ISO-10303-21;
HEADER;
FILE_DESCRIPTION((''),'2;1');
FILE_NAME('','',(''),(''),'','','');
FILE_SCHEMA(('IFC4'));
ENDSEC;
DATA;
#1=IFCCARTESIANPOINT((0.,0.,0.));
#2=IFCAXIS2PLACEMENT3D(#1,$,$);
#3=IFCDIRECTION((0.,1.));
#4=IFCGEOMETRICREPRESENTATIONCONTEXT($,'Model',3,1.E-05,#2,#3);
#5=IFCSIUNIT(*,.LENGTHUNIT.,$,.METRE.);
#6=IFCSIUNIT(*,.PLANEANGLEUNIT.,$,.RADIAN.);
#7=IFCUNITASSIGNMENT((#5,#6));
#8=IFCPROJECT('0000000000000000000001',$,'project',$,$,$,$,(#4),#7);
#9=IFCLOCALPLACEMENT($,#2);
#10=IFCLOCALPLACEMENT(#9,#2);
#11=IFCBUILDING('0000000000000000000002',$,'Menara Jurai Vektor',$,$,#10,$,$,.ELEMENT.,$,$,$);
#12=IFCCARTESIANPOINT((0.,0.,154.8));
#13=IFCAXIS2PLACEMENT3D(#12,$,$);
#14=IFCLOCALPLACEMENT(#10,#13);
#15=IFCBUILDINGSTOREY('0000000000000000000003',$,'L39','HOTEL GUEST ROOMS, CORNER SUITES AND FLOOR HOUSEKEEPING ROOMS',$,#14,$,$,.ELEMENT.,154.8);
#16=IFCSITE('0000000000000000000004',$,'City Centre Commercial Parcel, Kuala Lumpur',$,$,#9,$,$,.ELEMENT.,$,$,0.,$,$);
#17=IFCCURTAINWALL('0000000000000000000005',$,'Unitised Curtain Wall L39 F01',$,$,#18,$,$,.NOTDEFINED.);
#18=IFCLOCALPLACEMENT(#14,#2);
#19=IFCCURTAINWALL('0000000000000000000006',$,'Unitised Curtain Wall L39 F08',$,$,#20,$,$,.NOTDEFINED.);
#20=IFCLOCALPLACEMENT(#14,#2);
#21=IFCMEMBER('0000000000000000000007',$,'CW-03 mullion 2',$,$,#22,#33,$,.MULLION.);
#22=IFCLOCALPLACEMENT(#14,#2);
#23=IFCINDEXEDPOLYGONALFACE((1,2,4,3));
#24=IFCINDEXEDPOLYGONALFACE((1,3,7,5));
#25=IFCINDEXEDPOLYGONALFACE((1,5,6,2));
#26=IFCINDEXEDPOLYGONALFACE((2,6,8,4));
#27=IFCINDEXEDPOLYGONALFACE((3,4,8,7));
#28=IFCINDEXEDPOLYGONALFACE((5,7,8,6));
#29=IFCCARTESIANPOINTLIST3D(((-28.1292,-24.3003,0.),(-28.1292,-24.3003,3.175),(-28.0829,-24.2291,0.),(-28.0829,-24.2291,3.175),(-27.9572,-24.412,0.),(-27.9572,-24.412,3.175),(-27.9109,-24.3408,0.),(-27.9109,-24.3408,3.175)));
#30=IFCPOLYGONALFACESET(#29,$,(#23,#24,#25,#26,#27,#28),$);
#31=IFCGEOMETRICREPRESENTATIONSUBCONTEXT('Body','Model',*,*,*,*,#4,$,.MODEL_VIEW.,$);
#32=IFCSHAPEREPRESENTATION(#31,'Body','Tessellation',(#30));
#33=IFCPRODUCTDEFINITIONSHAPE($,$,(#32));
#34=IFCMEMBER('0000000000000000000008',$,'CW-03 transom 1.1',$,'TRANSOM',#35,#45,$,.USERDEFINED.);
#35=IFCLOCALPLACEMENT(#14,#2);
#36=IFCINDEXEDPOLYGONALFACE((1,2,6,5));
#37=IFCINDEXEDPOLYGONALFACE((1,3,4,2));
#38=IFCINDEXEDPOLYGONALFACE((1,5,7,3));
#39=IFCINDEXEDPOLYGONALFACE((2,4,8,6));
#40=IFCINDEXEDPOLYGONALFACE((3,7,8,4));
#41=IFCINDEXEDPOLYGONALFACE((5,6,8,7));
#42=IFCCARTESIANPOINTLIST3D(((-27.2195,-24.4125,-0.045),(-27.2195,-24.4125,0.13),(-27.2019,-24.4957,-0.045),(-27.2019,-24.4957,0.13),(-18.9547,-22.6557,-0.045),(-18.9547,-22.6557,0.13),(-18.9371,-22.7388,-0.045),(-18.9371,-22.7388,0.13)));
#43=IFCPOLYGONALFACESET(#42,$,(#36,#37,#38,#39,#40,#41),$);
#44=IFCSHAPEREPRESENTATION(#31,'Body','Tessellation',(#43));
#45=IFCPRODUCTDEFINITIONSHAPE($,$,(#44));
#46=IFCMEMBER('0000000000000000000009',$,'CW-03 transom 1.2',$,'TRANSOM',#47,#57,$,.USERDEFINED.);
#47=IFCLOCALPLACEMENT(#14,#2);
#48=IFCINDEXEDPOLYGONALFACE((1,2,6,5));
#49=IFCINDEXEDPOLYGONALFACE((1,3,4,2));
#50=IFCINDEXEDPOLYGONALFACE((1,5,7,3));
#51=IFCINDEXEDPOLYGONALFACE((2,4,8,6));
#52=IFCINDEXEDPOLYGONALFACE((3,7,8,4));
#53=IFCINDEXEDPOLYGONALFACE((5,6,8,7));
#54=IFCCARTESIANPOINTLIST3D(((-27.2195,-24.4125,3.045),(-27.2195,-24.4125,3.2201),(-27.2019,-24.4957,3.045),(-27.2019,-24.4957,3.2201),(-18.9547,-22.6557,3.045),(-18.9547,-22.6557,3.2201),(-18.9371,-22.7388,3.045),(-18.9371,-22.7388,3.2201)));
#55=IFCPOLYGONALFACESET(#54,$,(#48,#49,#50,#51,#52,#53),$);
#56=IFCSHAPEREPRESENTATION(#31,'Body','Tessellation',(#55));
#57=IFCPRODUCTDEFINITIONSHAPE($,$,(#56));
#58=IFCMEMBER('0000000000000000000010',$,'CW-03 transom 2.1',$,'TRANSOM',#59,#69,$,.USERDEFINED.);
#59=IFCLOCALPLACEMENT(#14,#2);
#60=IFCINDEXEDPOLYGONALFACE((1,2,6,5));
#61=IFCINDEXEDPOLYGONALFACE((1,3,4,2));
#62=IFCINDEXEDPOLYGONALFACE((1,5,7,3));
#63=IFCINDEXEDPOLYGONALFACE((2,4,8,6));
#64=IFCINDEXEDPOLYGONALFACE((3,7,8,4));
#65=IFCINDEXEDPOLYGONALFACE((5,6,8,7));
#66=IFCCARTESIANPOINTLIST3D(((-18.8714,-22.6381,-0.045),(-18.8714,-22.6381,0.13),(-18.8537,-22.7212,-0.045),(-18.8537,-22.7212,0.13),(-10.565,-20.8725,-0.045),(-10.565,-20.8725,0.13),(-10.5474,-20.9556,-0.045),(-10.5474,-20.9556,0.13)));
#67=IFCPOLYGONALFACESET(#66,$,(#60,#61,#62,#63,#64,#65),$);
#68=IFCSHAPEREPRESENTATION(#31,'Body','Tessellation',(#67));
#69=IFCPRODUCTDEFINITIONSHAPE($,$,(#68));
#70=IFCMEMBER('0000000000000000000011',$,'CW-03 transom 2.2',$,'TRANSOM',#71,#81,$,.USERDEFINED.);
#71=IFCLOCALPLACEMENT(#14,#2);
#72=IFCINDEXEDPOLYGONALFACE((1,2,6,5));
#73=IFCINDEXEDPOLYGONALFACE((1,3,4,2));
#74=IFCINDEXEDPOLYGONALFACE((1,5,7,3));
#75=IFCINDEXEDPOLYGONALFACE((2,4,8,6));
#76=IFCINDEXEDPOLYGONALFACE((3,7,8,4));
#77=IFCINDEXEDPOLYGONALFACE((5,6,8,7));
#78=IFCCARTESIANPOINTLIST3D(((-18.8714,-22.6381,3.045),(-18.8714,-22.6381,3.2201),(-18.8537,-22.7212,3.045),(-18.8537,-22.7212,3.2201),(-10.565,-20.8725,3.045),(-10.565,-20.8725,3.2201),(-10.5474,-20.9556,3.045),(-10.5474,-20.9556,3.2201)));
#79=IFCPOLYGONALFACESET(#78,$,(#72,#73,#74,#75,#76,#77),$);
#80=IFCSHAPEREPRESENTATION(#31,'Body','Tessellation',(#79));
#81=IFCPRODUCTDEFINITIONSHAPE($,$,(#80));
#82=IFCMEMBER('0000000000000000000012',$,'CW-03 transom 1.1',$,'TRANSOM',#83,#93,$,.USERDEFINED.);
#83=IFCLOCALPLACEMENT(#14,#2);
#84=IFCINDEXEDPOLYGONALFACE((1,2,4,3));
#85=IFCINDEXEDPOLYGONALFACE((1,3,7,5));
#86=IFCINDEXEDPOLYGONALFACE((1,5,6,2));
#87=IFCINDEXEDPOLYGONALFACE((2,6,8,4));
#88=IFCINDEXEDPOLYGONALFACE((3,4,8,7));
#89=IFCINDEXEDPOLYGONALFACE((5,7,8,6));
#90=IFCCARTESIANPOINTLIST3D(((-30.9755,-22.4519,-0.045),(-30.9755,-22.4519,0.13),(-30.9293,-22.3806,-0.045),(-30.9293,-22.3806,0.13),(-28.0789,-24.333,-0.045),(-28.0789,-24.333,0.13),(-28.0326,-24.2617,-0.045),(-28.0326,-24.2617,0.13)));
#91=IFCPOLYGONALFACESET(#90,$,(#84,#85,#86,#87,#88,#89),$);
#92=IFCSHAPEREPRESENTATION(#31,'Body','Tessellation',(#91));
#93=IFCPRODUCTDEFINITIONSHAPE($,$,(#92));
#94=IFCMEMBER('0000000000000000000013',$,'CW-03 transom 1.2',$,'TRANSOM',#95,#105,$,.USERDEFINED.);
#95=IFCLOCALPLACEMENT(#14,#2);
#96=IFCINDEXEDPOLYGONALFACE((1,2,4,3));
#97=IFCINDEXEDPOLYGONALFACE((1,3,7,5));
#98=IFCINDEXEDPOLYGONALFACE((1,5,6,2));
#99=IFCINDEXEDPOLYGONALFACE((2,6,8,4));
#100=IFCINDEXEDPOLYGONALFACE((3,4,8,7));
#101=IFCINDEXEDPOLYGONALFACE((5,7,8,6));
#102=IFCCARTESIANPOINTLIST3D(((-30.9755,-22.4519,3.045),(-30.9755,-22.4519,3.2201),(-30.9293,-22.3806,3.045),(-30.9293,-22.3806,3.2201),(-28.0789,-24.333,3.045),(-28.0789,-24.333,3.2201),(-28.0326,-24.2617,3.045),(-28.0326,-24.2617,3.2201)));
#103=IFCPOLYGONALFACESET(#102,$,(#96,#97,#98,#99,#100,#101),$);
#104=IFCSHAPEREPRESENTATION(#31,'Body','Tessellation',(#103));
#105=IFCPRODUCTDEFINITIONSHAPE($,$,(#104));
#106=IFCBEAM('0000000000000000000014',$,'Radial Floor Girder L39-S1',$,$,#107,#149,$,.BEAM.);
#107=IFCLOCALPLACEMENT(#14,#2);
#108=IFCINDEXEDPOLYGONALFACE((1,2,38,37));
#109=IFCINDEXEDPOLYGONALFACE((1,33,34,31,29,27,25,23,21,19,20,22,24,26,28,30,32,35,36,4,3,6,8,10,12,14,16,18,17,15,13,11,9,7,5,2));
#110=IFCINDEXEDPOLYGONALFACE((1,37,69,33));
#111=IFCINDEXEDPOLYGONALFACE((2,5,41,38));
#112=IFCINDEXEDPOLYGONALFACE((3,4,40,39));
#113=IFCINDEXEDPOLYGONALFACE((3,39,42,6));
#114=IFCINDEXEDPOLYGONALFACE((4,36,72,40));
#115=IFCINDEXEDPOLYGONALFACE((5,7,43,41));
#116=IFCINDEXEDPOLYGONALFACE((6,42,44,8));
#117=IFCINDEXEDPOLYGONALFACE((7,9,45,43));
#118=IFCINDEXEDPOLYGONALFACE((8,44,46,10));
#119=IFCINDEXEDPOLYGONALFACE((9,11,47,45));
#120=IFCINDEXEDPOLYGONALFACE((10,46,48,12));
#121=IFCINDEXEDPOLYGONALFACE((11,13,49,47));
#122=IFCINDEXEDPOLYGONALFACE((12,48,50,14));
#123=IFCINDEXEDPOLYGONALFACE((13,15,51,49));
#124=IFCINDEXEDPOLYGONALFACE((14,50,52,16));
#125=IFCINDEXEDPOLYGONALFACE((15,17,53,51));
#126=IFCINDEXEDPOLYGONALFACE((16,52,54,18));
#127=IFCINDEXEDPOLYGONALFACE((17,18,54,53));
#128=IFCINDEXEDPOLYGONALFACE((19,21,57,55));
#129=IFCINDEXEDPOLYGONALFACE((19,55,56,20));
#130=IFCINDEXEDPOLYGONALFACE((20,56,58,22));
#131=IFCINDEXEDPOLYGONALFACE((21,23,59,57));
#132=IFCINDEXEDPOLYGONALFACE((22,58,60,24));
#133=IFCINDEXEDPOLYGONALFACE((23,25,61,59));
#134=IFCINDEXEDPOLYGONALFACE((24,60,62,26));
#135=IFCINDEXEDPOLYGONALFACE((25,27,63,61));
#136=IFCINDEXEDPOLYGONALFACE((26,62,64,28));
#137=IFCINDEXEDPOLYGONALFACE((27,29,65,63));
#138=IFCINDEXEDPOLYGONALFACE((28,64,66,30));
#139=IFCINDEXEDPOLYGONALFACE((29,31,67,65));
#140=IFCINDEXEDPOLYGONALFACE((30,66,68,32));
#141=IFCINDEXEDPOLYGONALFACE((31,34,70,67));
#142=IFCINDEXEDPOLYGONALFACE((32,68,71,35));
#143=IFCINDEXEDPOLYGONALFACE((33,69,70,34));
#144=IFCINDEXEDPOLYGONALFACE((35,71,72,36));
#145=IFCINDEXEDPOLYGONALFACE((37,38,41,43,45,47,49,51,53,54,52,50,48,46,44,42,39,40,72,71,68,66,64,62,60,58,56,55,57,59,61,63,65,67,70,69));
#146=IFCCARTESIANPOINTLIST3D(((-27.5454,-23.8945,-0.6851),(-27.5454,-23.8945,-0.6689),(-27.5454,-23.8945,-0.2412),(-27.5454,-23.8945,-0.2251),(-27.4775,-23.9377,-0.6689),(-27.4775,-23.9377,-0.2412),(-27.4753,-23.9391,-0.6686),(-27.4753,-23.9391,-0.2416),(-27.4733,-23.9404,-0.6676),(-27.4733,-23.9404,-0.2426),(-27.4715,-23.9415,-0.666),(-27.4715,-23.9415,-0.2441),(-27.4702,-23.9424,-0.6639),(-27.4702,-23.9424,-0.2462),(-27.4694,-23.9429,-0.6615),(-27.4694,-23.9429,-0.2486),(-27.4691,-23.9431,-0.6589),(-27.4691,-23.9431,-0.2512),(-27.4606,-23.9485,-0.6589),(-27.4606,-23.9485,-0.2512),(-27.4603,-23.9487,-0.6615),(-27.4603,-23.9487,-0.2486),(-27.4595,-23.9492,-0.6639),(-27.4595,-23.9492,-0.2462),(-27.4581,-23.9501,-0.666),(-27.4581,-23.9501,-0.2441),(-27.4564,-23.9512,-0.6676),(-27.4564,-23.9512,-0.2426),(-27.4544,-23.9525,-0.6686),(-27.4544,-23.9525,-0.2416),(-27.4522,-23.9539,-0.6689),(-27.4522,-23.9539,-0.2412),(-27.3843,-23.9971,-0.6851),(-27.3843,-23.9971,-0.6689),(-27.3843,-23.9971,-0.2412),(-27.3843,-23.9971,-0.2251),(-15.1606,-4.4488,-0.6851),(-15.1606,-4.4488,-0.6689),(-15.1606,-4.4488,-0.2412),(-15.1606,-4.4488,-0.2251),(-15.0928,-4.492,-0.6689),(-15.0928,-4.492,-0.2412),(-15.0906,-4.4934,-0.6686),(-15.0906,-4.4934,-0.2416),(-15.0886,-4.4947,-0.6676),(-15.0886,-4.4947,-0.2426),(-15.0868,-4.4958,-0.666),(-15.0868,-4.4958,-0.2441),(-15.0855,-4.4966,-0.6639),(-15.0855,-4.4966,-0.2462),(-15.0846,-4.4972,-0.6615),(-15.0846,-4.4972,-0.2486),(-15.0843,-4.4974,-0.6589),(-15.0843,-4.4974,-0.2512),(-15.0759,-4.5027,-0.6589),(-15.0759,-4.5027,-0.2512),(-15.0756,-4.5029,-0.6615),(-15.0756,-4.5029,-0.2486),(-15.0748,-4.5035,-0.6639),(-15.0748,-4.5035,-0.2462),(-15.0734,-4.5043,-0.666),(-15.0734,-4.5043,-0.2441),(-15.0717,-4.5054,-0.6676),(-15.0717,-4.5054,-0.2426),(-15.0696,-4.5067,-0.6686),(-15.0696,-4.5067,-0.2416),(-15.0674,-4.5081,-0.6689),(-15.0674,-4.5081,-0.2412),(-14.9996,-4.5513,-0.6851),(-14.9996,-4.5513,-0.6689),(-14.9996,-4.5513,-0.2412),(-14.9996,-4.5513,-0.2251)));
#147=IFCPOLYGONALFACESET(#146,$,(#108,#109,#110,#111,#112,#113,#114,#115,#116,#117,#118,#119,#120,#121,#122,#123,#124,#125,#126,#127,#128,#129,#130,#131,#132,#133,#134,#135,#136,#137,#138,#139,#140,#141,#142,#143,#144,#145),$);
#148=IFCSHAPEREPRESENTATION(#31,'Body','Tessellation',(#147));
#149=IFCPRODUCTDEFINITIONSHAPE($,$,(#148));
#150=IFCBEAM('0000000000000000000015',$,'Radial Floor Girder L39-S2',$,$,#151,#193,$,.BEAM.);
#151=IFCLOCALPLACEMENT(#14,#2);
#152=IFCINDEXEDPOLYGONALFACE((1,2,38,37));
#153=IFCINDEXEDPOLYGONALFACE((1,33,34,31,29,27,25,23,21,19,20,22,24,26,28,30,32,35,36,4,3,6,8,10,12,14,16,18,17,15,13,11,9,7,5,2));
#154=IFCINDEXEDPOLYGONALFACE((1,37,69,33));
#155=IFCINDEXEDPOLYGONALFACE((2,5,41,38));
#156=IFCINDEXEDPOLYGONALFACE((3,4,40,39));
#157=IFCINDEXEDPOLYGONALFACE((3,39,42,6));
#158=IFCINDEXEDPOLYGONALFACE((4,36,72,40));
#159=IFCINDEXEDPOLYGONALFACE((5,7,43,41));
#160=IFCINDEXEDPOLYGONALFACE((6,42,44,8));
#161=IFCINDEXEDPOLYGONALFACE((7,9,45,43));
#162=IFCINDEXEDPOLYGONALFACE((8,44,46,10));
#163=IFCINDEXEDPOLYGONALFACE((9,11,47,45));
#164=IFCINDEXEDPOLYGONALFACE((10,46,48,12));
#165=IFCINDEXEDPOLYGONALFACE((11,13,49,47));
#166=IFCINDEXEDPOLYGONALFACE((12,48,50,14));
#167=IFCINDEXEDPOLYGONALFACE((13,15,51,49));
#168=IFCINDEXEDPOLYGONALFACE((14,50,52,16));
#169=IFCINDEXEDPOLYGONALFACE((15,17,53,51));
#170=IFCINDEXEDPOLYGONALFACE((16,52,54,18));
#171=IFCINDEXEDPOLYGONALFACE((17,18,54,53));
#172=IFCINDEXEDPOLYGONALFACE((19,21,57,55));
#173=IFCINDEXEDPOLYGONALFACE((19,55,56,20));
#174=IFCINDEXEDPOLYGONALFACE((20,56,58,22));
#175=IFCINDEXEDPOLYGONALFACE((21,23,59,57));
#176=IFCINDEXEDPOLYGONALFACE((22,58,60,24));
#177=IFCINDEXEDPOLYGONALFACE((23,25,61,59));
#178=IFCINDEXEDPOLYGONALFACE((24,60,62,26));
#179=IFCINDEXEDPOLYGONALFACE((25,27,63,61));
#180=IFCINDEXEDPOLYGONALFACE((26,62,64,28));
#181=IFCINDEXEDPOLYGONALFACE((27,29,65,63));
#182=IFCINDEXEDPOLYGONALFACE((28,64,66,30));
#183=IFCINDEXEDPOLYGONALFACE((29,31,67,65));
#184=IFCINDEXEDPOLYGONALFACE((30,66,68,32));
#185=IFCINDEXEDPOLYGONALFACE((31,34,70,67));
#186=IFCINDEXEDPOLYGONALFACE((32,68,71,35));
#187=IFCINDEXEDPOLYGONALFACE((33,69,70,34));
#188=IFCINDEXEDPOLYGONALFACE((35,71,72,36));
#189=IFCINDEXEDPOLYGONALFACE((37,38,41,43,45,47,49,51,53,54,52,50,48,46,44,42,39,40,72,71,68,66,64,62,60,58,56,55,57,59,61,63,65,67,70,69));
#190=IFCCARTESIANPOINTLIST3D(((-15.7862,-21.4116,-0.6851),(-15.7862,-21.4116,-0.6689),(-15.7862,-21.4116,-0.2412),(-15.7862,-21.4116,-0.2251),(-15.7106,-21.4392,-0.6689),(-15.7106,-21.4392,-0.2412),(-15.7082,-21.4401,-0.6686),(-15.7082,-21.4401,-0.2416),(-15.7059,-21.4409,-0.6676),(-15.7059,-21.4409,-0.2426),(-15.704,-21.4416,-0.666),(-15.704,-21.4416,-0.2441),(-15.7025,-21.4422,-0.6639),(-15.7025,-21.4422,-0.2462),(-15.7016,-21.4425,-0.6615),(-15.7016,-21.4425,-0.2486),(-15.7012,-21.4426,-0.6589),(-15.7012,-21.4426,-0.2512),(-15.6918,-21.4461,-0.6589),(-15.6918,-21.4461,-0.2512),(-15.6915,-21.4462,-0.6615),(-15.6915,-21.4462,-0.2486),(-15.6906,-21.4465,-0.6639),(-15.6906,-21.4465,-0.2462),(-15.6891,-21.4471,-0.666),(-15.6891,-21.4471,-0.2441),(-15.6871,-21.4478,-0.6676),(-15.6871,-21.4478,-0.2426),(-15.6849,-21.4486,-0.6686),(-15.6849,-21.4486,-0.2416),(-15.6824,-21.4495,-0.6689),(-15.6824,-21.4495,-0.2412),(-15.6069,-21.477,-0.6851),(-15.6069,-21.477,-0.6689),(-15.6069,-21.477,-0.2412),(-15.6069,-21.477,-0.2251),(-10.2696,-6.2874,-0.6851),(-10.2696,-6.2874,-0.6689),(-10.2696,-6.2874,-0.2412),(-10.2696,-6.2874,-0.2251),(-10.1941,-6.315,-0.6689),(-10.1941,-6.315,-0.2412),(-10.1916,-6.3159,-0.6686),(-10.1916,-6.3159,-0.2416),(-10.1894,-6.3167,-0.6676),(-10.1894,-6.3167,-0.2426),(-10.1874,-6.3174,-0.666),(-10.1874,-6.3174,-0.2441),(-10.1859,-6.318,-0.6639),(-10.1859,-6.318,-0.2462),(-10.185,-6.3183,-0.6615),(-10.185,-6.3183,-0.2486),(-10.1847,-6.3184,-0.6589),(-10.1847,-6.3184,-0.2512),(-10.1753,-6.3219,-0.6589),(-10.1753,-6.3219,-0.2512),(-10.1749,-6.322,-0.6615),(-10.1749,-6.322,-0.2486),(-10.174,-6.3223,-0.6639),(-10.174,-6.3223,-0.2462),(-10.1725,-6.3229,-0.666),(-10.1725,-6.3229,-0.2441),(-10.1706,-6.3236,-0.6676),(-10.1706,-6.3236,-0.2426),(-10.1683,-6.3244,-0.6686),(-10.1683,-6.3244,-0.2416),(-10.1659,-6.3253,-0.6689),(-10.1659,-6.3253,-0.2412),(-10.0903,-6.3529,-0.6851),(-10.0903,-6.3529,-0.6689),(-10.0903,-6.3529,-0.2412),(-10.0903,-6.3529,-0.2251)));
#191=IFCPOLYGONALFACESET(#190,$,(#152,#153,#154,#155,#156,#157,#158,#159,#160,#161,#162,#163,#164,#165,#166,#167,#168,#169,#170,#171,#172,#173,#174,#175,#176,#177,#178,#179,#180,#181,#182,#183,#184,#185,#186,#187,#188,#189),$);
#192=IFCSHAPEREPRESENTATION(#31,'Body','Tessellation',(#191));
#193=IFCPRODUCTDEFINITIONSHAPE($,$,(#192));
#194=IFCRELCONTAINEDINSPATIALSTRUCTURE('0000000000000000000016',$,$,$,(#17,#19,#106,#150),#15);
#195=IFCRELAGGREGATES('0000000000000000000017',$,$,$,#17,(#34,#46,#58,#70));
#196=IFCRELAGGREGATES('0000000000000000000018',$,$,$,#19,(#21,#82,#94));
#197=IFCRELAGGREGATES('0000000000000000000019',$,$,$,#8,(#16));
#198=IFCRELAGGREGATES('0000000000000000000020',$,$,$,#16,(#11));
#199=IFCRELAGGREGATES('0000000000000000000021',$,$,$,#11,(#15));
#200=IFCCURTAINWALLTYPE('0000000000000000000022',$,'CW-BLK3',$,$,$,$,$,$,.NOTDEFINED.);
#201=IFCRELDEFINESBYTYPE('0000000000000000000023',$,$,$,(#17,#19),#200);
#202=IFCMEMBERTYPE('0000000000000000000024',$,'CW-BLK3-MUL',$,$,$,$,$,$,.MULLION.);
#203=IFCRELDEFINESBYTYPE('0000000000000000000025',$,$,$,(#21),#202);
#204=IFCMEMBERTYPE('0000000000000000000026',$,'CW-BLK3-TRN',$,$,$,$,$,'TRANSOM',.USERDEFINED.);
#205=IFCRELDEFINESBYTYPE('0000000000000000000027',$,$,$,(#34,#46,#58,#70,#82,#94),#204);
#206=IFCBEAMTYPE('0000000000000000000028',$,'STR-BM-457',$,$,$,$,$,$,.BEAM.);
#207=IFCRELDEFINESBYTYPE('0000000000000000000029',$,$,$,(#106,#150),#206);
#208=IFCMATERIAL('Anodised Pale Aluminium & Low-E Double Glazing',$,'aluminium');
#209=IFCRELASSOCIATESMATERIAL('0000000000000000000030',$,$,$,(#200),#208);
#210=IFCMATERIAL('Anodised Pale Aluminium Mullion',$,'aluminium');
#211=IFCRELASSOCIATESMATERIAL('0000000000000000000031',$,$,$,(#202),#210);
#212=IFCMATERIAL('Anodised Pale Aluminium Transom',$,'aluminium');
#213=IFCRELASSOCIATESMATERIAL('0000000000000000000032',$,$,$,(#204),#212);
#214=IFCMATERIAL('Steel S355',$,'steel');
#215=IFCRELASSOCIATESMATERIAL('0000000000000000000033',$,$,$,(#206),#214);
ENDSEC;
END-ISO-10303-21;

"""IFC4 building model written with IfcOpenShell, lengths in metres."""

from ifc_helpers import new_model, si_unit, direction, frame, origin, origin_2d, place, context, subcontext, project, spatial, rectangle, i_section, extrude, material, material_profile, profile_set, type_object, element, aggregate, save


model = new_model("IFC4")

# Units and contexts
model_context = context("Model", 3, precision=1e-05, world=origin(), true_north=direction((0.0, 1.0)))
body_context = subcontext(model_context, "Body", "Model", "MODEL_VIEW")
ifc_project = project(units=[si_unit("LENGTHUNIT", "METRE"), si_unit("PLANEANGLEUNIT", "RADIAN")], contexts=[model_context])

# Site, building, storey
site_placement = place(None, origin())
site = spatial("IfcSite", under=ifc_project, at=site_placement, Name="City Centre Commercial Parcel, Kuala Lumpur", CompositionType="ELEMENT", RefElevation=0.0)
building_placement = place(site_placement, origin())
building = spatial("IfcBuilding", under=site, at=building_placement, Name="Menara Jurai Vektor", CompositionType="ELEMENT")
storey_placement = place(building_placement, frame((0.0, 0.0, 154.8)))
storey = spatial("IfcBuildingStorey", under=building, at=storey_placement, Name="L39", Description="HOTEL GUEST ROOMS, CORNER SUITES AND FLOOR HOUSEKEEPING ROOMS", CompositionType="ELEMENT", Elevation=154.8)

# Curtain wall
ifc_material_1 = material(Name="Anodised Pale Aluminium & Low-E Double Glazing", Category="aluminium")
curtain_wall_type = type_object("IfcCurtainWallType", Name="CW-BLK3", PredefinedType="NOTDEFINED", material=ifc_material_1)
curtain_wall_1_placement = place(storey_placement, origin())
curtain_wall_1 = element("IfcCurtainWall", 1, at=curtain_wall_1_placement, inside=storey, type_object=curtain_wall_type, Name="Unitised Curtain Wall L39 F01", PredefinedType="NOTDEFINED")
ifc_material_2 = material(Name="Anodised Pale Aluminium Mullion", Category="aluminium")
ifc_material_profile_1 = material_profile(ifc_material_2, rectangle(XDim=0.085, YDim=0.2051, at=origin_2d()), Name="ALU MUL 85x205")
ifc_profile_set_1 = profile_set([ifc_material_profile_1], Name="Anodised Pale Aluminium Mullion")
member_type_1 = type_object("IfcMemberType", Name="CW-BLK3-MUL", PredefinedType="MULLION", material=ifc_profile_set_1)

# Curtain wall, member
curtain_wall_2_placement = place(storey_placement, origin())
curtain_wall_2 = element("IfcCurtainWall", 2, at=curtain_wall_2_placement, inside=storey, type_object=curtain_wall_type, Name="Unitised Curtain Wall L39 F08", PredefinedType="NOTDEFINED")
member_1_placement = place(storey_placement, frame((-28.02, -24.3206, 0.0), z_axis=(0.0, 0.0, 1.0), x_axis=(0.544618, 0.838684, 0.0)))
member_1 = element("IfcMember", 3, at=member_1_placement, type_object=member_type_1, Name="CW-03 mullion 2", PredefinedType="MULLION", context=body_context, shape_type="SweptSolid", body=[
    extrude(rectangle(XDim=0.085, YDim=0.2051, at=origin_2d()), origin(), (0.0, 0.0, 1.0), 3.175),
])

# Members
ifc_material_3 = material(Name="Anodised Pale Aluminium Transom", Category="aluminium")
ifc_material_profile_2 = material_profile(ifc_material_3, rectangle(XDim=0.085, YDim=0.175, at=origin_2d()), Name="ALU TRN 85x175")
ifc_profile_set_2 = profile_set([ifc_material_profile_2], Name="Anodised Pale Aluminium Transom")
member_type_2 = type_object("IfcMemberType", Name="CW-BLK3-TRN", ElementType="TRANSOM", PredefinedType="USERDEFINED", material=ifc_profile_set_2)
member_2_placement = place(storey_placement, frame((-27.2107, -24.4541, 0.0425), z_axis=(0.978146, 0.207921, 0.0), x_axis=(-0.207921, 0.978146, 0.0)))
member_2 = element("IfcMember", 4, at=member_2_placement, type_object=member_type_2, Name="CW-03 transom 1.1", ObjectType="TRANSOM", PredefinedType="USERDEFINED", context=body_context, shape_type="SweptSolid", body=[
    extrude(rectangle(XDim=0.085, YDim=0.175, at=origin_2d()), origin(), (0.0, 0.0, 1.0), 8.4495),
])
member_3_placement = place(storey_placement, frame((-27.2107, -24.4541, 3.1326), z_axis=(0.978146, 0.207921, 0.0), x_axis=(-0.207921, 0.978146, 0.0)))
member_3 = element("IfcMember", 5, at=member_3_placement, type_object=member_type_2, Name="CW-03 transom 1.2", ObjectType="TRANSOM", PredefinedType="USERDEFINED", context=body_context, shape_type="SweptSolid", body=[
    extrude(rectangle(XDim=0.085, YDim=0.175, at=origin_2d()), origin(), (0.0, 0.0, 1.0), 8.4495),
])
member_4_placement = place(storey_placement, frame((-18.8625, -22.6797, 0.0425), z_axis=(0.978147, 0.207917, 0.0), x_axis=(-0.207917, 0.978147, 0.0)))
member_4 = element("IfcMember", 6, at=member_4_placement, type_object=member_type_2, Name="CW-03 transom 2.1", ObjectType="TRANSOM", PredefinedType="USERDEFINED", context=body_context, shape_type="SweptSolid", body=[
    extrude(rectangle(XDim=0.085, YDim=0.175, at=origin_2d()), origin(), (0.0, 0.0, 1.0), 8.4919),
])
member_5_placement = place(storey_placement, frame((-18.8625, -22.6797, 3.1326), z_axis=(0.978147, 0.207917, 0.0), x_axis=(-0.207917, 0.978147, 0.0)))
member_5 = element("IfcMember", 7, at=member_5_placement, type_object=member_type_2, Name="CW-03 transom 2.2", ObjectType="TRANSOM", PredefinedType="USERDEFINED", context=body_context, shape_type="SweptSolid", body=[
    extrude(rectangle(XDim=0.085, YDim=0.175, at=origin_2d()), origin(), (0.0, 0.0, 1.0), 8.4919),
])
member_6_placement = place(storey_placement, frame((-30.9524, -22.4163, 0.0425), z_axis=(0.838678, -0.544628, 0.0), x_axis=(0.544628, 0.838678, 0.0)))
member_6 = element("IfcMember", 8, at=member_6_placement, type_object=member_type_2, Name="CW-03 transom 1.1", ObjectType="TRANSOM", PredefinedType="USERDEFINED", context=body_context, shape_type="SweptSolid", body=[
    extrude(rectangle(XDim=0.085, YDim=0.175, at=origin_2d()), origin(), (0.0, 0.0, 1.0), 3.4539),
])
member_7_placement = place(storey_placement, frame((-30.9524, -22.4163, 3.1326), z_axis=(0.838678, -0.544628, 0.0), x_axis=(0.544628, 0.838678, 0.0)))
member_7 = element("IfcMember", 9, at=member_7_placement, type_object=member_type_2, Name="CW-03 transom 1.2", ObjectType="TRANSOM", PredefinedType="USERDEFINED", context=body_context, shape_type="SweptSolid", body=[
    extrude(rectangle(XDim=0.085, YDim=0.175, at=origin_2d()), origin(), (0.0, 0.0, 1.0), 3.4539),
])

# Beams
ifc_material_4 = material(Name="Steel S355", Category="steel")
ifc_material_profile_3 = material_profile(ifc_material_4, i_section(OverallWidth=0.1909, OverallDepth=0.46, WebThickness=0.01, FlangeThickness=0.0161, FilletRadius=0.01, at=origin_2d()), Name="UKB 457x191x82")
ifc_profile_set_3 = profile_set([ifc_material_profile_3], Name="Steel S355")
beam_type_1 = type_object("IfcBeamType", Name="STR-BM-457", PredefinedType="BEAM", material=ifc_profile_set_3)
beam_1_placement = place(storey_placement, frame((-27.4648, -23.9458, -0.4551), z_axis=(0.537189, 0.843462, 0.0), x_axis=(-0.843462, 0.537189, 0.0)))
element("IfcBeam", 10, at=beam_1_placement, inside=storey, type_object=beam_type_1, Name="Radial Floor Girder L39-S1", PredefinedType="BEAM", context=body_context, shape_type="SweptSolid", body=[
    extrude(i_section(OverallWidth=0.1909, OverallDepth=0.46, WebThickness=0.01, FlangeThickness=0.0161, FilletRadius=0.01, at=origin_2d()), origin(), (0.0, 0.0, 1.0), 23.0547),
])
beam_2_placement = place(storey_placement, frame((-15.6965, -21.4443, -0.4551), z_axis=(0.342668, 0.939456, 0.0), x_axis=(-0.939456, 0.342668, 0.0)))
element("IfcBeam", 11, at=beam_2_placement, inside=storey, type_object=beam_type_1, Name="Radial Floor Girder L39-S2", PredefinedType="BEAM", context=body_context, shape_type="SweptSolid", body=[
    extrude(i_section(OverallWidth=0.1909, OverallDepth=0.46, WebThickness=0.01, FlangeThickness=0.0161, FilletRadius=0.01, at=origin_2d()), origin(), (0.0, 0.0, 1.0), 16.0989),
])

aggregate(curtain_wall_1, [member_2, member_3, member_4, member_5])
aggregate(curtain_wall_2, [member_1, member_6, member_7])

save(model, "model.ifc")
